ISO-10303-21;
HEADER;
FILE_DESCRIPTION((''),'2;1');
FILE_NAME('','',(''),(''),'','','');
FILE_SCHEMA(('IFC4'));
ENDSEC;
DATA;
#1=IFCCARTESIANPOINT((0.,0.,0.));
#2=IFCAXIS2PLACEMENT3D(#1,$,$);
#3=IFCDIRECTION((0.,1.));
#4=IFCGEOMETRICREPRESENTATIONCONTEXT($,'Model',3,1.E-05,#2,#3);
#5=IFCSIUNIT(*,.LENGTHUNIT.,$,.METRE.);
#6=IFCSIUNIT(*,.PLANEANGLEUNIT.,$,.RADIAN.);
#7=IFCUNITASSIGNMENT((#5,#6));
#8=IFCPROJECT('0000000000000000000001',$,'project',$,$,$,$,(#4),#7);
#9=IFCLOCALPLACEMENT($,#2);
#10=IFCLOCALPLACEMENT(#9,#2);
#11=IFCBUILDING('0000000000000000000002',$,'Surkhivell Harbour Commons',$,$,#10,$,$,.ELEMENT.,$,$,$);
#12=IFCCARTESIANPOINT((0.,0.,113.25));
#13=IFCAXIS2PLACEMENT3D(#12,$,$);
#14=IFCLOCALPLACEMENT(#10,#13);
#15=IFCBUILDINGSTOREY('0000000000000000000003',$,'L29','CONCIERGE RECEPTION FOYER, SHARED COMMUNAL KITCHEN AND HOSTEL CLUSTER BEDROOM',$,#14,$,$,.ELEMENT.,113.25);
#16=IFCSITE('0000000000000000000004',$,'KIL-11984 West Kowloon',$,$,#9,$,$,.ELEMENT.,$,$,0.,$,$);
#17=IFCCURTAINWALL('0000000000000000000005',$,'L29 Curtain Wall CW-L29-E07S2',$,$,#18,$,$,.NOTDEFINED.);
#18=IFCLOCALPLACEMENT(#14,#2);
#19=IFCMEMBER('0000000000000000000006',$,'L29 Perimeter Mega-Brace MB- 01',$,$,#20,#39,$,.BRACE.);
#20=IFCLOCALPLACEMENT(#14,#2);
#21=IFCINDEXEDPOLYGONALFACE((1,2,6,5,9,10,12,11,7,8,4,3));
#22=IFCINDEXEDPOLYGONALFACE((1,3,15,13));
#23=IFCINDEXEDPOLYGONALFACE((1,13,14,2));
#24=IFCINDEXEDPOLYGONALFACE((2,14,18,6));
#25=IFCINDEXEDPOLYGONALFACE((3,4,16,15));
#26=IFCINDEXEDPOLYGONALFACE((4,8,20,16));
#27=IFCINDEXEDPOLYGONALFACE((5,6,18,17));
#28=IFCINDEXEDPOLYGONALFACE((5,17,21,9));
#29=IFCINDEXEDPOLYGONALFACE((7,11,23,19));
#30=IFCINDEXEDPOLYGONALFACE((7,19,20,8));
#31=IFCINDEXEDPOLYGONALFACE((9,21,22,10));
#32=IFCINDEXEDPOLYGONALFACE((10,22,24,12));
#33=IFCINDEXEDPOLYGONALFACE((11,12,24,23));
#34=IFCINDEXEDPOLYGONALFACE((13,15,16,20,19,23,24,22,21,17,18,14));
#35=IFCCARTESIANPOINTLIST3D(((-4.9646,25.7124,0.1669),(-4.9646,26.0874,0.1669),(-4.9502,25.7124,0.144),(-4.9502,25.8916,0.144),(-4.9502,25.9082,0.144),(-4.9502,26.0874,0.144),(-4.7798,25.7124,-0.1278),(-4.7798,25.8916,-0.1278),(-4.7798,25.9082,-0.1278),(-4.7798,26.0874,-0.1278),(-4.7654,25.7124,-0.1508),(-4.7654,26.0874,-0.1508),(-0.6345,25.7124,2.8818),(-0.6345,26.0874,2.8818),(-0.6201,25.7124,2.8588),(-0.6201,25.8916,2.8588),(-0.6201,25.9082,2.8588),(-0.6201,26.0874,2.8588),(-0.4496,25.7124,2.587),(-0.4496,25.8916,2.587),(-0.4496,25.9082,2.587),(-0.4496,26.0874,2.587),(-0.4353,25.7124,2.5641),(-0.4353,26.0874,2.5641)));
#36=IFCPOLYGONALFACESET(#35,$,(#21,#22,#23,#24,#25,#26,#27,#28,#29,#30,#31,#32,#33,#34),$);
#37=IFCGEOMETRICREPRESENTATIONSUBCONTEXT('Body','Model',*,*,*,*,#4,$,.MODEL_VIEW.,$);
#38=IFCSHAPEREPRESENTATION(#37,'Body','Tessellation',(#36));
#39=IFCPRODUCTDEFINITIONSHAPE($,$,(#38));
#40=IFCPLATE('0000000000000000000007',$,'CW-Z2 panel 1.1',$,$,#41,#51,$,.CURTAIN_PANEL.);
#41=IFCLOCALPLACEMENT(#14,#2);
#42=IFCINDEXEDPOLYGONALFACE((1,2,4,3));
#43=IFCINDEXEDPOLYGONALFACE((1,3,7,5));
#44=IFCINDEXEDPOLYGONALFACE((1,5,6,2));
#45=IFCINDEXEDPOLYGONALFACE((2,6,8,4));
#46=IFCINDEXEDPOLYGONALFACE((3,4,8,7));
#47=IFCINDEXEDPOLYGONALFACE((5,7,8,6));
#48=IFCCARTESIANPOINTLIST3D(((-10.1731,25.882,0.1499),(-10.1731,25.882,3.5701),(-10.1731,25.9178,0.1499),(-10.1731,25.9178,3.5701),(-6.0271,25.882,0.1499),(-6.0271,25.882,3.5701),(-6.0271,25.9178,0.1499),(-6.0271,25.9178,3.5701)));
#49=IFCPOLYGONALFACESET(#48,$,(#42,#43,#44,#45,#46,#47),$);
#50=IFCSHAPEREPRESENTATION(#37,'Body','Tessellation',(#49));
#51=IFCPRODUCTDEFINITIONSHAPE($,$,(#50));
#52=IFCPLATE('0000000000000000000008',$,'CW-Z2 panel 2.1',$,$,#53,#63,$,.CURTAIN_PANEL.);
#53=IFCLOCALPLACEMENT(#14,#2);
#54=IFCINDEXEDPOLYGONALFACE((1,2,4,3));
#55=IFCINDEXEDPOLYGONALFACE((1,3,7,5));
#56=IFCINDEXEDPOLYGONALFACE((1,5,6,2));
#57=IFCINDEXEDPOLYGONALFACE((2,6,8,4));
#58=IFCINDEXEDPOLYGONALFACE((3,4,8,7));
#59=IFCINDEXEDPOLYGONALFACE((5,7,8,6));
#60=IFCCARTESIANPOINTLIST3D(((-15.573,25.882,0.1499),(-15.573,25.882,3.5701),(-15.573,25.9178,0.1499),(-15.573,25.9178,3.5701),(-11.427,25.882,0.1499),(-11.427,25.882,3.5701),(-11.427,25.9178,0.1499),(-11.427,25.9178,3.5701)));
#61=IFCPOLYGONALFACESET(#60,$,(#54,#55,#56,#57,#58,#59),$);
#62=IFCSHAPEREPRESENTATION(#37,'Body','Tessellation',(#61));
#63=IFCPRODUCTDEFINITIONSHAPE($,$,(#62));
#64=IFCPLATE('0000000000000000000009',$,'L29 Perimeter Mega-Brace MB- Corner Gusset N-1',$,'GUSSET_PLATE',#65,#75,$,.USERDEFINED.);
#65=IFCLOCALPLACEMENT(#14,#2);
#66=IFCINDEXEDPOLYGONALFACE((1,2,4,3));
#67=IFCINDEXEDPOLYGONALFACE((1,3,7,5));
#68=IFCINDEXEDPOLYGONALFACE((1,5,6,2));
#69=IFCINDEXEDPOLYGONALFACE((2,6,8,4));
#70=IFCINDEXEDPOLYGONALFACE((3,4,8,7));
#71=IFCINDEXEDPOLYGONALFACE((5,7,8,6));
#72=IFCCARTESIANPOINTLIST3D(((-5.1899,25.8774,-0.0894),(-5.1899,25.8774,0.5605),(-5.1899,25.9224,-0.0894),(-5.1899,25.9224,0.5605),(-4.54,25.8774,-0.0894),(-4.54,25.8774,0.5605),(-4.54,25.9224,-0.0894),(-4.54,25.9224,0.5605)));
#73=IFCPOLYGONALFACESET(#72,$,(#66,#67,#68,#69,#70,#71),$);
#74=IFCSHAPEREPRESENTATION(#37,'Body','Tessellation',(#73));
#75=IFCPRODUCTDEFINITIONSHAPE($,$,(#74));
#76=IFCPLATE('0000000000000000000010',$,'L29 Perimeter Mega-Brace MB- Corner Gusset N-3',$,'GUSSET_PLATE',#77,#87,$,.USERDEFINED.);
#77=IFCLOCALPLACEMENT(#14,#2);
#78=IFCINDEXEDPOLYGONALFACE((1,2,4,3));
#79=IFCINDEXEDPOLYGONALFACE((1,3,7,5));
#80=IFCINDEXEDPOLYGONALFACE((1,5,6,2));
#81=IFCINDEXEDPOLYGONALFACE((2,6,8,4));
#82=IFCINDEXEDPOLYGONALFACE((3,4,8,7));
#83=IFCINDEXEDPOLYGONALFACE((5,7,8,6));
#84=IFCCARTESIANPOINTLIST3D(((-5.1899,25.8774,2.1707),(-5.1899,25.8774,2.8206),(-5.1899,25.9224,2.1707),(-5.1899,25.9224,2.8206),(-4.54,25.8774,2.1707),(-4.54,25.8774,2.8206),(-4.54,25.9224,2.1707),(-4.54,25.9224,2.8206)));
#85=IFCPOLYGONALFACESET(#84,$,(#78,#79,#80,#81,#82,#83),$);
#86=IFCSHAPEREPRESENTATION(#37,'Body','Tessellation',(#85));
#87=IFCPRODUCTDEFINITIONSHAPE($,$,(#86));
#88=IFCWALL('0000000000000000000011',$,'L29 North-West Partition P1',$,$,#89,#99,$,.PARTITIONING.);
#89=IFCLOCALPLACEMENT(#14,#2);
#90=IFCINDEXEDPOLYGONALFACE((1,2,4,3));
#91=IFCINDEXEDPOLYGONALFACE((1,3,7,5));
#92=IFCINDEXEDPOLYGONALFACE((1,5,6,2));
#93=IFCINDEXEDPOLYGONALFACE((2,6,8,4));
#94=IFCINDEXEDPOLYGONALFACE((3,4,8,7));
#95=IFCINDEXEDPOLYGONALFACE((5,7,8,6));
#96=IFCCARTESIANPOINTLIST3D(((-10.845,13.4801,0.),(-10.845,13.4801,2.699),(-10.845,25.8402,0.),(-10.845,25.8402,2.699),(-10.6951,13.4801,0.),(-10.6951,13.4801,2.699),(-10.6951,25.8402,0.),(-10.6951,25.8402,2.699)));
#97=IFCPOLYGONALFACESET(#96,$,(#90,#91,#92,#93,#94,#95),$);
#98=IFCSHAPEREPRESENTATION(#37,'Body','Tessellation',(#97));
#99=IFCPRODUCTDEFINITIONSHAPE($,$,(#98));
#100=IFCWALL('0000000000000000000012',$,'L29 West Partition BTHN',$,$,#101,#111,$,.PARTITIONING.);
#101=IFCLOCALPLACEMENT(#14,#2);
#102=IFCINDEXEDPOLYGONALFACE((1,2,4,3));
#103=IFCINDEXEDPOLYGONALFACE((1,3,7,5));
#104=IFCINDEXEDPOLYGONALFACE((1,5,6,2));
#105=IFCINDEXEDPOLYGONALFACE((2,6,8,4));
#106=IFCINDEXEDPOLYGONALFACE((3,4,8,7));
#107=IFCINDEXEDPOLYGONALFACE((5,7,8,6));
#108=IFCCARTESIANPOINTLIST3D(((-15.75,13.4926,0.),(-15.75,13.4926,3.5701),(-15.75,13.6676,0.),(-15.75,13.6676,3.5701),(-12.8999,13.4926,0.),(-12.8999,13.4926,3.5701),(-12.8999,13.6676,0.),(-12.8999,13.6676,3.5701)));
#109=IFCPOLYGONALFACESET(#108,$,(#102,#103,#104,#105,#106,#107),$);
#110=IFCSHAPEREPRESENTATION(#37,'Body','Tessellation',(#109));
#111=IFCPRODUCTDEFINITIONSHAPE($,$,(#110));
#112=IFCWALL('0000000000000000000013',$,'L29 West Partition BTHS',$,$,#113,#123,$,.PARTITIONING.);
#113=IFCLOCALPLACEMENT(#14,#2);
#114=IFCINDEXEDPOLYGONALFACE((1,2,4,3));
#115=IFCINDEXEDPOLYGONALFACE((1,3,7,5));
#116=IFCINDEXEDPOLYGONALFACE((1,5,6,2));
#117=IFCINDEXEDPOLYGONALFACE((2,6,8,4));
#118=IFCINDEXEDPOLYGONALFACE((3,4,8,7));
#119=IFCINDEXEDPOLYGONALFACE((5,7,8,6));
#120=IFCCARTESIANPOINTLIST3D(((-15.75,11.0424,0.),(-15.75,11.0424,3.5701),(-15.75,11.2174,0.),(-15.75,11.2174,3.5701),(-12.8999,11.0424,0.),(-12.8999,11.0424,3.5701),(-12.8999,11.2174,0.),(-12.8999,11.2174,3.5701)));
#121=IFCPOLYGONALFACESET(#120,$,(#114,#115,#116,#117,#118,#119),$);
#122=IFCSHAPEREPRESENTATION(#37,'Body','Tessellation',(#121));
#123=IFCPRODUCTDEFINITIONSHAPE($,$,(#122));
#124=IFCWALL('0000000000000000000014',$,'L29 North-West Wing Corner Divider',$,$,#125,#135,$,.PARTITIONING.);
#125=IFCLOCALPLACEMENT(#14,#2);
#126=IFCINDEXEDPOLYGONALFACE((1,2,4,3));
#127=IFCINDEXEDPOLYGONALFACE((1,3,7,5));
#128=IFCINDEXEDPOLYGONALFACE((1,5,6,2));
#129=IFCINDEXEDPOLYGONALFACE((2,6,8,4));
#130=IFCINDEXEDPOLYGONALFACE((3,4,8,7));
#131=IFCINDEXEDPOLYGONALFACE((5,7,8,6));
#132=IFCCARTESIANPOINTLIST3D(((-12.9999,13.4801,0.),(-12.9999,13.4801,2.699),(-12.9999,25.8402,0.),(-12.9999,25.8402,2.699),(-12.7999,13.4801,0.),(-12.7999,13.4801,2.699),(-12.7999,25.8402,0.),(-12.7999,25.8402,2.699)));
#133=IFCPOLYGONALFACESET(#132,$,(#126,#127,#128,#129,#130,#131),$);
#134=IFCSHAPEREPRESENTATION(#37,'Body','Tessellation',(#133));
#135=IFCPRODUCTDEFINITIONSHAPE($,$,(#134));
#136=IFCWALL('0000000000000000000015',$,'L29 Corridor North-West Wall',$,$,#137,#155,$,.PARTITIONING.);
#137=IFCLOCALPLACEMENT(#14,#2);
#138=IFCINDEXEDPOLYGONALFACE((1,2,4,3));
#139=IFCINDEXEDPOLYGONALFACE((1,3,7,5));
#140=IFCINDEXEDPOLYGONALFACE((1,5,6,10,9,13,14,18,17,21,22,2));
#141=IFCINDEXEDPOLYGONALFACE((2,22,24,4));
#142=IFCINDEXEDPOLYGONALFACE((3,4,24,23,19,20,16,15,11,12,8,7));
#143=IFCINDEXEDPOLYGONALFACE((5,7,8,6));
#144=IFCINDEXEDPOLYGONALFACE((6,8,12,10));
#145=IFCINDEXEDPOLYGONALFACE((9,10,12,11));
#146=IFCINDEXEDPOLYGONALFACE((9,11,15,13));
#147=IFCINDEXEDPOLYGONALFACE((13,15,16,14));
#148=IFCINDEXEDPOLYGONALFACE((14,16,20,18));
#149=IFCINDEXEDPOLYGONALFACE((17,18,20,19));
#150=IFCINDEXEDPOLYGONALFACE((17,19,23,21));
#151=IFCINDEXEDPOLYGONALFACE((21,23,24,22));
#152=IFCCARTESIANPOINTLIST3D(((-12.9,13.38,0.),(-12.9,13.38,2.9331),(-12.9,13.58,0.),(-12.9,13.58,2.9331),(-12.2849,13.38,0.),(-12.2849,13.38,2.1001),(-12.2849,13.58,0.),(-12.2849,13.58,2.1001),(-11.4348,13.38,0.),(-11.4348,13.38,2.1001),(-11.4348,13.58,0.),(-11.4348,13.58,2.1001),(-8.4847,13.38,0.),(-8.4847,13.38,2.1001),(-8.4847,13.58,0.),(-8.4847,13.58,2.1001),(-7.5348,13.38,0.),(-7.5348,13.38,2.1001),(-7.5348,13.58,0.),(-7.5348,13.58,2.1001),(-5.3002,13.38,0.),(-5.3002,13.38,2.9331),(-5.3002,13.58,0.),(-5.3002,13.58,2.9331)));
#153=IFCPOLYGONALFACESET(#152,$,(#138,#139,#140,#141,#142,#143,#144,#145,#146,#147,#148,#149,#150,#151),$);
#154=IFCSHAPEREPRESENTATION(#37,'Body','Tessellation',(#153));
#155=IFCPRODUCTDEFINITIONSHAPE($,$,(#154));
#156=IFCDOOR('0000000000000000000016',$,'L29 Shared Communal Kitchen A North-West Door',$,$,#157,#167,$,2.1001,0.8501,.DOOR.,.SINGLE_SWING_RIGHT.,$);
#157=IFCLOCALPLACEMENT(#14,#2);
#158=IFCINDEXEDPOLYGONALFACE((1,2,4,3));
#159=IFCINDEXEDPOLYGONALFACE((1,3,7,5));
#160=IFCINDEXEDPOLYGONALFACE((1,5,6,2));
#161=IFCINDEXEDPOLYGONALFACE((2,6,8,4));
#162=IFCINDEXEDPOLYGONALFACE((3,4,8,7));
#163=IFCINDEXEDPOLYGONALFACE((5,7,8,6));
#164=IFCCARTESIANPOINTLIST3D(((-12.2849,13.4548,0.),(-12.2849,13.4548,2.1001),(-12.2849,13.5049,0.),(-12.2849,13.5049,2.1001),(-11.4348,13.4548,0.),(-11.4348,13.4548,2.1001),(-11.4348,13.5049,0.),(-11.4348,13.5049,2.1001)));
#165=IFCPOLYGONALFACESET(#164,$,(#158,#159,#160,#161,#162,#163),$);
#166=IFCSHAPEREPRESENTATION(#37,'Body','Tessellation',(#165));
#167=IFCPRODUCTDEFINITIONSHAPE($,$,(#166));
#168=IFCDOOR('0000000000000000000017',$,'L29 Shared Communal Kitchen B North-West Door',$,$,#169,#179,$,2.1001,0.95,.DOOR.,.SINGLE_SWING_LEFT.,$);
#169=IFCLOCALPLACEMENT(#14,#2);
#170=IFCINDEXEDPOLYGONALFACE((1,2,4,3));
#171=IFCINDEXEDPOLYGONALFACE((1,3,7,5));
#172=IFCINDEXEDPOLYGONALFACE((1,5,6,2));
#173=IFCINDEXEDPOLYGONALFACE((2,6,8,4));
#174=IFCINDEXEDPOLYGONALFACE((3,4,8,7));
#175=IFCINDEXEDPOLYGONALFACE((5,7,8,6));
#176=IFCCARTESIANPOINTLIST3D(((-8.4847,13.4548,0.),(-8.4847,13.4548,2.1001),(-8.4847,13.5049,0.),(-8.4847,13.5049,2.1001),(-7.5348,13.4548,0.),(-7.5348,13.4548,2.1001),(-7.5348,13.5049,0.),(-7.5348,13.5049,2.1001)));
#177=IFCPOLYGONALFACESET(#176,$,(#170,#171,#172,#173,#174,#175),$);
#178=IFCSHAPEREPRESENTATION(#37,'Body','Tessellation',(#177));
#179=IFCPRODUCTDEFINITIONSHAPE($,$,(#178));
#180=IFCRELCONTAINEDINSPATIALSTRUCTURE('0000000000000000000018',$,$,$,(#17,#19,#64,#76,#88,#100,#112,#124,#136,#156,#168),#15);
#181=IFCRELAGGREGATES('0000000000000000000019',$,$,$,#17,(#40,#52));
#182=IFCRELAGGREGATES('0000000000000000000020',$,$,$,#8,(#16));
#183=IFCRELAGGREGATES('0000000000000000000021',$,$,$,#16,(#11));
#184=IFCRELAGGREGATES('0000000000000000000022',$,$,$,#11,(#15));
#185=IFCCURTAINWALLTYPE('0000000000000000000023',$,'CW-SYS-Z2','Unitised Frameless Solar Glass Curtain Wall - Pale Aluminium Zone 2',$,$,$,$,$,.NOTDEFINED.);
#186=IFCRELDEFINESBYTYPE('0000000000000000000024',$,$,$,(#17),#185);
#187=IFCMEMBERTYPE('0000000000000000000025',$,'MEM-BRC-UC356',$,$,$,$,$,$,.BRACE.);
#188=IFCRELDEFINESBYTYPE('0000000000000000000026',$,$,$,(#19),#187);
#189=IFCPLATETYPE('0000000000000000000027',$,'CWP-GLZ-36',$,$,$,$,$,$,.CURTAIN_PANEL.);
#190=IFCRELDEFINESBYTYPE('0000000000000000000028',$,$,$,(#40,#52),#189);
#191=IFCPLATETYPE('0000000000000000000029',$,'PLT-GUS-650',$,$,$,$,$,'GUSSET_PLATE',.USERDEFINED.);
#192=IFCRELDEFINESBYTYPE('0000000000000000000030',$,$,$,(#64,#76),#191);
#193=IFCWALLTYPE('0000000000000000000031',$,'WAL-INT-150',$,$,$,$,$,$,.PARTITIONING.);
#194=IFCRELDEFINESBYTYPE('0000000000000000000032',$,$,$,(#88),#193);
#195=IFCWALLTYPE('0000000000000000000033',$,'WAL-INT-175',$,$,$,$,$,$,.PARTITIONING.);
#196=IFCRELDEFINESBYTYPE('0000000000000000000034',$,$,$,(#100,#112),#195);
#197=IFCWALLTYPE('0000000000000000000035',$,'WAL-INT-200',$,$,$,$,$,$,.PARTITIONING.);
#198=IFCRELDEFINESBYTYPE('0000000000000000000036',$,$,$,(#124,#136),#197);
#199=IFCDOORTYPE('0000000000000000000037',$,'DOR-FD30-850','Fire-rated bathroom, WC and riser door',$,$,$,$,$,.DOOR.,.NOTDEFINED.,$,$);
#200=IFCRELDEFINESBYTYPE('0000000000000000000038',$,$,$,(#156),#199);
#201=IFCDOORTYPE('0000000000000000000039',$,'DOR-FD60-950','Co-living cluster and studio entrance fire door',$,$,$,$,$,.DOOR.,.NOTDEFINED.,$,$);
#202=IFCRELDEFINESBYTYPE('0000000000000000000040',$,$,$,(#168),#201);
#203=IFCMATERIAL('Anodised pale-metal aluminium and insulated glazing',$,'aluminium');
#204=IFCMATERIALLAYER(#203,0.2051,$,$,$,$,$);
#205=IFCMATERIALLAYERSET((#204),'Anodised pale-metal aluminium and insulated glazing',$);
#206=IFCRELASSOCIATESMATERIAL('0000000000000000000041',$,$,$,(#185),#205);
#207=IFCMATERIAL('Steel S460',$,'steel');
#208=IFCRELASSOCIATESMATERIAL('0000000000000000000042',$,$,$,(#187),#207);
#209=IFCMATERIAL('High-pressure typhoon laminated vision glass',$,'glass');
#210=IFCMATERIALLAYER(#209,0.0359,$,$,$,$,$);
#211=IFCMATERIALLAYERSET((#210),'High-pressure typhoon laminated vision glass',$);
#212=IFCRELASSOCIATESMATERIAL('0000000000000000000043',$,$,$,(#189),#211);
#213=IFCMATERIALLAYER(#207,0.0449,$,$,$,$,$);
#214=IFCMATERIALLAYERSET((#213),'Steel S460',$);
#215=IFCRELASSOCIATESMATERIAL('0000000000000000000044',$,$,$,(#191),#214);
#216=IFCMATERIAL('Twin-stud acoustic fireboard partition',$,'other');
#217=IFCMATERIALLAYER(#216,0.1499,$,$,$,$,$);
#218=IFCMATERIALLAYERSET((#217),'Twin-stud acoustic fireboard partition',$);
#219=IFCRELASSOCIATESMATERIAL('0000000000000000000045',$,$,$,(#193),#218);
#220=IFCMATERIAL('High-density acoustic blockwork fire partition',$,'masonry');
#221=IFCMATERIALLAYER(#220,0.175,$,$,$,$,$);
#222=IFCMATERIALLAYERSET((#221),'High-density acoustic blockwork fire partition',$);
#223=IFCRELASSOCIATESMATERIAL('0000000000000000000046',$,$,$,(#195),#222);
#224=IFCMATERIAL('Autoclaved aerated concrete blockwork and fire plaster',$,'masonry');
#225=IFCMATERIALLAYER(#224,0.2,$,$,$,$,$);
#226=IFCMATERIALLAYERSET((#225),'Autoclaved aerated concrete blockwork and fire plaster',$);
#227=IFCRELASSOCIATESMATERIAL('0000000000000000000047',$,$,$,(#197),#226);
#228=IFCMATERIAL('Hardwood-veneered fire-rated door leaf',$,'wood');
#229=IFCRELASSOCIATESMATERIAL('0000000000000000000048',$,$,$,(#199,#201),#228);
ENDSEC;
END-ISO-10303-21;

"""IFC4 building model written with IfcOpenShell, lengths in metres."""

from ifc_helpers import new_model, si_unit, direction, frame, frame_2d, origin, origin_2d, place, context, subcontext, project, spatial, rectangle, i_section, extrude, material, layer, layer_set, material_profile, profile_set, type_object, element, fill, aggregate, save


model = new_model("IFC4")

# Units and contexts
model_context = context("Model", 3, precision=1e-05, world=origin(), true_north=direction((0.0, 1.0)))
body_context = subcontext(model_context, "Body", "Model", "MODEL_VIEW")
ifc_project = project(units=[si_unit("LENGTHUNIT", "METRE"), si_unit("PLANEANGLEUNIT", "RADIAN")], contexts=[model_context])

# Site, building, storey
site_placement = place(None, origin())
site = spatial("IfcSite", under=ifc_project, at=site_placement, Name="KIL-11984 West Kowloon", CompositionType="ELEMENT", RefElevation=0.0)
building_placement = place(site_placement, origin())
building = spatial("IfcBuilding", under=site, at=building_placement, Name="Surkhivell Harbour Commons", CompositionType="ELEMENT")
storey_placement = place(building_placement, frame((0.0, 0.0, 113.25)))
storey = spatial("IfcBuildingStorey", under=building, at=storey_placement, Name="L29", Description="CONCIERGE RECEPTION FOYER, SHARED COMMUNAL KITCHEN AND HOSTEL CLUSTER BEDROOM", CompositionType="ELEMENT", Elevation=113.25)

# Shared definitions
ifc_material_1 = material(Name="Steel S460", Category="steel")

# Curtain wall
ifc_material_2 = material(Name="Anodised pale-metal aluminium and insulated glazing", Category="aluminium")
ifc_layer_1 = layer(ifc_material_2, 0.2051)
ifc_layer_set_1 = layer_set([ifc_layer_1], Name="Anodised pale-metal aluminium and insulated glazing")
curtain_wall_type = type_object("IfcCurtainWallType", Name="CW-SYS-Z2", Description="Unitised Frameless Solar Glass Curtain Wall - Pale Aluminium Zone 2", PredefinedType="NOTDEFINED", material=ifc_layer_set_1)
curtain_wall_placement = place(storey_placement, origin())
curtain_wall = element("IfcCurtainWall", 1, at=curtain_wall_placement, inside=storey, type_object=curtain_wall_type, Name="L29 Curtain Wall CW-L29-E07S2", PredefinedType="NOTDEFINED")

# Member
ifc_material_profile_1 = material_profile(ifc_material_1, i_section(OverallWidth=0.375, OverallDepth=0.375, WebThickness=0.0166, FlangeThickness=0.0271, at=origin_2d()), Name="UC356x368x202")
ifc_profile_set_1 = profile_set([ifc_material_profile_1], Name="Steel S460")
member_type_1 = type_object("IfcMemberType", Name="MEM-BRC-UC356", PredefinedType="BRACE", material=ifc_profile_set_1)
member_1_placement = place(storey_placement, frame((-4.865, 25.8999, 0.0081), z_axis=(0.847246, 0.0, 0.531201), x_axis=(0.0, 1.0, 0.0)))
element("IfcMember", 2, at=member_1_placement, inside=storey, type_object=member_type_1, Name="L29 Perimeter Mega-Brace MB- 01", PredefinedType="BRACE", context=body_context, shape_type="SweptSolid", body=[
    extrude(i_section(OverallWidth=0.375, OverallDepth=0.375, WebThickness=0.0166, FlangeThickness=0.0271, at=origin_2d()), origin(), (0.0, 0.0, 1.0), 5.1108),
])

# Plates
ifc_material_3 = material(Name="High-pressure typhoon laminated vision glass", Category="glass")
ifc_layer_2 = layer(ifc_material_3, 0.0359)
ifc_layer_set_2 = layer_set([ifc_layer_2], Name="High-pressure typhoon laminated vision glass")
plate_type_1 = type_object("IfcPlateType", Name="CWP-GLZ-36", PredefinedType="CURTAIN_PANEL", material=ifc_layer_set_2)
plate_1_placement = place(storey_placement, frame((-6.0271, 25.8999, 0.1499), z_axis=(0.0, 0.0, 1.0), x_axis=(-1.0, 0.0, 0.0)))
plate_1 = element("IfcPlate", 3, at=plate_1_placement, type_object=plate_type_1, Name="CW-Z2 panel 1.1", PredefinedType="CURTAIN_PANEL", context=body_context, shape_type="SweptSolid", body=[
    extrude(rectangle(XDim=4.146, YDim=0.0359, at=frame_2d((2.073, 0.0))), origin(), (0.0, 0.0, 1.0), 3.4202),
])
plate_2_placement = place(storey_placement, frame((-11.427, 25.8999, 0.1499), z_axis=(0.0, 0.0, 1.0), x_axis=(-1.0, 0.0, 0.0)))
plate_2 = element("IfcPlate", 4, at=plate_2_placement, type_object=plate_type_1, Name="CW-Z2 panel 2.1", PredefinedType="CURTAIN_PANEL", context=body_context, shape_type="SweptSolid", body=[
    extrude(rectangle(XDim=4.146, YDim=0.0359, at=frame_2d((2.073, 0.0))), origin(), (0.0, 0.0, 1.0), 3.4202),
])
aggregate(curtain_wall, [plate_1, plate_2])

# Plates
ifc_layer_3 = layer(ifc_material_1, 0.0449)
ifc_layer_set_3 = layer_set([ifc_layer_3], Name="Steel S460")
plate_type_2 = type_object("IfcPlateType", Name="PLT-GUS-650", ElementType="GUSSET_PLATE", PredefinedType="USERDEFINED", material=ifc_layer_set_3)
for number, where, z_axis, x_axis, name in (
    (5, (-4.865, 25.8999, -0.0894), (0.0, 0.0, 1.0), (1.0, 0.0, 0.0), "L29 Perimeter Mega-Brace MB- Corner Gusset N-1"),
    (6, (-4.865, 25.8999, 2.1707), (0.0, 0.0, 1.0), (1.0, 0.0, 0.0), "L29 Perimeter Mega-Brace MB- Corner Gusset N-3"),
):
    element("IfcPlate", number, at=place(storey_placement, frame(where, z_axis=z_axis, x_axis=x_axis)), inside=storey, type_object=plate_type_2, Name=name, ObjectType="GUSSET_PLATE", PredefinedType="USERDEFINED", context=body_context, shape_type="SweptSolid", body=[
        extrude(rectangle(XDim=0.6499, YDim=0.0449, at=origin_2d()), origin(), (0.0, 0.0, 1.0), 0.6499),
    ])

# Walls
ifc_material_4 = material(Name="Twin-stud acoustic fireboard partition", Category="other")
ifc_layer_4 = layer(ifc_material_4, 0.1499)
ifc_layer_set_4 = layer_set([ifc_layer_4], Name="Twin-stud acoustic fireboard partition")
wall_type_1 = type_object("IfcWallType", Name="WAL-INT-150", PredefinedType="PARTITIONING", material=ifc_layer_set_4)
wall_1_placement = place(storey_placement, frame((-10.77, 13.48, 0.0), z_axis=(0.0, 0.0, 1.0), x_axis=(0.0, 1.0, 0.0)))
element("IfcWall", 7, at=wall_1_placement, inside=storey, type_object=wall_type_1, Name="L29 North-West Partition P1", PredefinedType="PARTITIONING", context=body_context, shape_type="SweptSolid", body=[
    extrude(rectangle(XDim=12.3601, YDim=0.1499, at=frame_2d((6.1802, 0.0))), origin(), (0.0, 0.0, 1.0), 2.699),
])
ifc_material_5 = material(Name="High-density acoustic blockwork fire partition", Category="masonry")
ifc_layer_5 = layer(ifc_material_5, 0.175)
ifc_layer_set_5 = layer_set([ifc_layer_5], Name="High-density acoustic blockwork fire partition")
wall_type_2 = type_object("IfcWallType", Name="WAL-INT-175", PredefinedType="PARTITIONING", material=ifc_layer_set_5)
for number, where, z_axis, x_axis, name in (
    (8, (-15.75, 13.5801, 0.0), (0.0, 0.0, 1.0), (1.0, 0.0, 0.0), "L29 West Partition BTHN"),
    (9, (-15.75, 11.1299, 0.0), (0.0, 0.0, 1.0), (1.0, 0.0, 0.0), "L29 West Partition BTHS"),
):
    element("IfcWall", number, at=place(storey_placement, frame(where, z_axis=z_axis, x_axis=x_axis)), inside=storey, type_object=wall_type_2, Name=name, PredefinedType="PARTITIONING", context=body_context, shape_type="SweptSolid", body=[
        extrude(rectangle(XDim=2.8501, YDim=0.175, at=frame_2d((1.425, 0.0))), origin(), (0.0, 0.0, 1.0), 3.5701),
    ])
ifc_material_6 = material(Name="Autoclaved aerated concrete blockwork and fire plaster", Category="masonry")
ifc_layer_6 = layer(ifc_material_6, 0.2)
ifc_layer_set_6 = layer_set([ifc_layer_6], Name="Autoclaved aerated concrete blockwork and fire plaster")
wall_type_3 = type_object("IfcWallType", Name="WAL-INT-200", PredefinedType="PARTITIONING", material=ifc_layer_set_6)
wall_2_placement = place(storey_placement, frame((-12.8999, 13.48, 0.0), z_axis=(0.0, 0.0, 1.0), x_axis=(0.0, 1.0, 0.0)))
element("IfcWall", 10, at=wall_2_placement, inside=storey, type_object=wall_type_3, Name="L29 North-West Wing Corner Divider", PredefinedType="PARTITIONING", context=body_context, shape_type="SweptSolid", body=[
    extrude(rectangle(XDim=12.3601, YDim=0.2, at=frame_2d((6.1802, 0.0))), origin(), (0.0, 0.0, 1.0), 2.699),
])

# Wall, openings, doors
wall_3_placement = place(storey_placement, frame((-12.8999, 13.48, 0.0), z_axis=(0.0, 0.0, 1.0), x_axis=(1.0, 0.0, 0.0)))
wall_3 = element("IfcWall", 11, at=wall_3_placement, inside=storey, type_object=wall_type_3, Name="L29 Corridor North-West Wall", PredefinedType="PARTITIONING", context=body_context, shape_type="SweptSolid", body=[
    extrude(rectangle(XDim=7.5999, YDim=0.2, at=frame_2d((3.7998, 0.0))), origin(), (0.0, 0.0, 1.0), 2.9331),
])
opening_1_placement = place(wall_3_placement, frame((0.615, 0.0, 0.0)))
opening_1 = element("IfcOpeningElement", 12, at=opening_1_placement, cuts=wall_3, PredefinedType="OPENING", context=body_context, shape_type="SweptSolid", body=[
    extrude(rectangle(XDim=0.8501, YDim=2.1001, at=frame_2d((0.425, 1.05))), frame((0.0, 0.1099, 0.0), z_axis=(0.0, -1.0, 0.0), x_axis=(1.0, 0.0, 0.0)), (0.0, 0.0, 1.0), 0.22),
])
opening_2_placement = place(wall_3_placement, frame((4.415, 0.0, 0.0)))
opening_2 = element("IfcOpeningElement", 13, at=opening_2_placement, cuts=wall_3, PredefinedType="OPENING", context=body_context, shape_type="SweptSolid", body=[
    extrude(rectangle(XDim=0.95, YDim=2.1001, at=frame_2d((0.4751, 1.05))), frame((0.0, 0.1099, 0.0), z_axis=(0.0, -1.0, 0.0), x_axis=(1.0, 0.0, 0.0)), (0.0, 0.0, 1.0), 0.22),
])
ifc_material_7 = material(Name="Hardwood-veneered fire-rated door leaf", Category="wood")
door_type_1 = type_object("IfcDoorType", Name="DOR-FD30-850", Description="Fire-rated bathroom, WC and riser door", OperationType="NOTDEFINED", PredefinedType="DOOR", material=ifc_material_7)
door_1_placement = place(opening_1_placement, origin())
door_1 = element("IfcDoor", 14, at=door_1_placement, inside=storey, type_object=door_type_1, Name="L29 Shared Communal Kitchen A North-West Door", OperationType="SINGLE_SWING_RIGHT", OverallHeight=2.1001, OverallWidth=0.8501, PredefinedType="DOOR", context=body_context, shape_type="SweptSolid", body=[
    extrude(rectangle(XDim=0.8501, YDim=2.1001, at=frame_2d((0.425, 1.05))), frame((0.0, 0.0249, 0.0), z_axis=(0.0, -1.0, 0.0), x_axis=(1.0, 0.0, 0.0)), (0.0, 0.0, 1.0), 0.05),
])
fill(opening_1, door_1)
door_type_2 = type_object("IfcDoorType", Name="DOR-FD60-950", Description="Co-living cluster and studio entrance fire door", OperationType="NOTDEFINED", PredefinedType="DOOR", material=ifc_material_7)
door_2_placement = place(opening_2_placement, origin())
door_2 = element("IfcDoor", 15, at=door_2_placement, inside=storey, type_object=door_type_2, Name="L29 Shared Communal Kitchen B North-West Door", OperationType="SINGLE_SWING_LEFT", OverallHeight=2.1001, OverallWidth=0.95, PredefinedType="DOOR", context=body_context, shape_type="SweptSolid", body=[
    extrude(rectangle(XDim=0.95, YDim=2.1001, at=frame_2d((0.4751, 1.05))), frame((0.0, 0.0249, 0.0), z_axis=(0.0, -1.0, 0.0), x_axis=(1.0, 0.0, 0.0)), (0.0, 0.0, 1.0), 0.05),
])
fill(opening_2, door_2)

save(model, "model.ifc")
